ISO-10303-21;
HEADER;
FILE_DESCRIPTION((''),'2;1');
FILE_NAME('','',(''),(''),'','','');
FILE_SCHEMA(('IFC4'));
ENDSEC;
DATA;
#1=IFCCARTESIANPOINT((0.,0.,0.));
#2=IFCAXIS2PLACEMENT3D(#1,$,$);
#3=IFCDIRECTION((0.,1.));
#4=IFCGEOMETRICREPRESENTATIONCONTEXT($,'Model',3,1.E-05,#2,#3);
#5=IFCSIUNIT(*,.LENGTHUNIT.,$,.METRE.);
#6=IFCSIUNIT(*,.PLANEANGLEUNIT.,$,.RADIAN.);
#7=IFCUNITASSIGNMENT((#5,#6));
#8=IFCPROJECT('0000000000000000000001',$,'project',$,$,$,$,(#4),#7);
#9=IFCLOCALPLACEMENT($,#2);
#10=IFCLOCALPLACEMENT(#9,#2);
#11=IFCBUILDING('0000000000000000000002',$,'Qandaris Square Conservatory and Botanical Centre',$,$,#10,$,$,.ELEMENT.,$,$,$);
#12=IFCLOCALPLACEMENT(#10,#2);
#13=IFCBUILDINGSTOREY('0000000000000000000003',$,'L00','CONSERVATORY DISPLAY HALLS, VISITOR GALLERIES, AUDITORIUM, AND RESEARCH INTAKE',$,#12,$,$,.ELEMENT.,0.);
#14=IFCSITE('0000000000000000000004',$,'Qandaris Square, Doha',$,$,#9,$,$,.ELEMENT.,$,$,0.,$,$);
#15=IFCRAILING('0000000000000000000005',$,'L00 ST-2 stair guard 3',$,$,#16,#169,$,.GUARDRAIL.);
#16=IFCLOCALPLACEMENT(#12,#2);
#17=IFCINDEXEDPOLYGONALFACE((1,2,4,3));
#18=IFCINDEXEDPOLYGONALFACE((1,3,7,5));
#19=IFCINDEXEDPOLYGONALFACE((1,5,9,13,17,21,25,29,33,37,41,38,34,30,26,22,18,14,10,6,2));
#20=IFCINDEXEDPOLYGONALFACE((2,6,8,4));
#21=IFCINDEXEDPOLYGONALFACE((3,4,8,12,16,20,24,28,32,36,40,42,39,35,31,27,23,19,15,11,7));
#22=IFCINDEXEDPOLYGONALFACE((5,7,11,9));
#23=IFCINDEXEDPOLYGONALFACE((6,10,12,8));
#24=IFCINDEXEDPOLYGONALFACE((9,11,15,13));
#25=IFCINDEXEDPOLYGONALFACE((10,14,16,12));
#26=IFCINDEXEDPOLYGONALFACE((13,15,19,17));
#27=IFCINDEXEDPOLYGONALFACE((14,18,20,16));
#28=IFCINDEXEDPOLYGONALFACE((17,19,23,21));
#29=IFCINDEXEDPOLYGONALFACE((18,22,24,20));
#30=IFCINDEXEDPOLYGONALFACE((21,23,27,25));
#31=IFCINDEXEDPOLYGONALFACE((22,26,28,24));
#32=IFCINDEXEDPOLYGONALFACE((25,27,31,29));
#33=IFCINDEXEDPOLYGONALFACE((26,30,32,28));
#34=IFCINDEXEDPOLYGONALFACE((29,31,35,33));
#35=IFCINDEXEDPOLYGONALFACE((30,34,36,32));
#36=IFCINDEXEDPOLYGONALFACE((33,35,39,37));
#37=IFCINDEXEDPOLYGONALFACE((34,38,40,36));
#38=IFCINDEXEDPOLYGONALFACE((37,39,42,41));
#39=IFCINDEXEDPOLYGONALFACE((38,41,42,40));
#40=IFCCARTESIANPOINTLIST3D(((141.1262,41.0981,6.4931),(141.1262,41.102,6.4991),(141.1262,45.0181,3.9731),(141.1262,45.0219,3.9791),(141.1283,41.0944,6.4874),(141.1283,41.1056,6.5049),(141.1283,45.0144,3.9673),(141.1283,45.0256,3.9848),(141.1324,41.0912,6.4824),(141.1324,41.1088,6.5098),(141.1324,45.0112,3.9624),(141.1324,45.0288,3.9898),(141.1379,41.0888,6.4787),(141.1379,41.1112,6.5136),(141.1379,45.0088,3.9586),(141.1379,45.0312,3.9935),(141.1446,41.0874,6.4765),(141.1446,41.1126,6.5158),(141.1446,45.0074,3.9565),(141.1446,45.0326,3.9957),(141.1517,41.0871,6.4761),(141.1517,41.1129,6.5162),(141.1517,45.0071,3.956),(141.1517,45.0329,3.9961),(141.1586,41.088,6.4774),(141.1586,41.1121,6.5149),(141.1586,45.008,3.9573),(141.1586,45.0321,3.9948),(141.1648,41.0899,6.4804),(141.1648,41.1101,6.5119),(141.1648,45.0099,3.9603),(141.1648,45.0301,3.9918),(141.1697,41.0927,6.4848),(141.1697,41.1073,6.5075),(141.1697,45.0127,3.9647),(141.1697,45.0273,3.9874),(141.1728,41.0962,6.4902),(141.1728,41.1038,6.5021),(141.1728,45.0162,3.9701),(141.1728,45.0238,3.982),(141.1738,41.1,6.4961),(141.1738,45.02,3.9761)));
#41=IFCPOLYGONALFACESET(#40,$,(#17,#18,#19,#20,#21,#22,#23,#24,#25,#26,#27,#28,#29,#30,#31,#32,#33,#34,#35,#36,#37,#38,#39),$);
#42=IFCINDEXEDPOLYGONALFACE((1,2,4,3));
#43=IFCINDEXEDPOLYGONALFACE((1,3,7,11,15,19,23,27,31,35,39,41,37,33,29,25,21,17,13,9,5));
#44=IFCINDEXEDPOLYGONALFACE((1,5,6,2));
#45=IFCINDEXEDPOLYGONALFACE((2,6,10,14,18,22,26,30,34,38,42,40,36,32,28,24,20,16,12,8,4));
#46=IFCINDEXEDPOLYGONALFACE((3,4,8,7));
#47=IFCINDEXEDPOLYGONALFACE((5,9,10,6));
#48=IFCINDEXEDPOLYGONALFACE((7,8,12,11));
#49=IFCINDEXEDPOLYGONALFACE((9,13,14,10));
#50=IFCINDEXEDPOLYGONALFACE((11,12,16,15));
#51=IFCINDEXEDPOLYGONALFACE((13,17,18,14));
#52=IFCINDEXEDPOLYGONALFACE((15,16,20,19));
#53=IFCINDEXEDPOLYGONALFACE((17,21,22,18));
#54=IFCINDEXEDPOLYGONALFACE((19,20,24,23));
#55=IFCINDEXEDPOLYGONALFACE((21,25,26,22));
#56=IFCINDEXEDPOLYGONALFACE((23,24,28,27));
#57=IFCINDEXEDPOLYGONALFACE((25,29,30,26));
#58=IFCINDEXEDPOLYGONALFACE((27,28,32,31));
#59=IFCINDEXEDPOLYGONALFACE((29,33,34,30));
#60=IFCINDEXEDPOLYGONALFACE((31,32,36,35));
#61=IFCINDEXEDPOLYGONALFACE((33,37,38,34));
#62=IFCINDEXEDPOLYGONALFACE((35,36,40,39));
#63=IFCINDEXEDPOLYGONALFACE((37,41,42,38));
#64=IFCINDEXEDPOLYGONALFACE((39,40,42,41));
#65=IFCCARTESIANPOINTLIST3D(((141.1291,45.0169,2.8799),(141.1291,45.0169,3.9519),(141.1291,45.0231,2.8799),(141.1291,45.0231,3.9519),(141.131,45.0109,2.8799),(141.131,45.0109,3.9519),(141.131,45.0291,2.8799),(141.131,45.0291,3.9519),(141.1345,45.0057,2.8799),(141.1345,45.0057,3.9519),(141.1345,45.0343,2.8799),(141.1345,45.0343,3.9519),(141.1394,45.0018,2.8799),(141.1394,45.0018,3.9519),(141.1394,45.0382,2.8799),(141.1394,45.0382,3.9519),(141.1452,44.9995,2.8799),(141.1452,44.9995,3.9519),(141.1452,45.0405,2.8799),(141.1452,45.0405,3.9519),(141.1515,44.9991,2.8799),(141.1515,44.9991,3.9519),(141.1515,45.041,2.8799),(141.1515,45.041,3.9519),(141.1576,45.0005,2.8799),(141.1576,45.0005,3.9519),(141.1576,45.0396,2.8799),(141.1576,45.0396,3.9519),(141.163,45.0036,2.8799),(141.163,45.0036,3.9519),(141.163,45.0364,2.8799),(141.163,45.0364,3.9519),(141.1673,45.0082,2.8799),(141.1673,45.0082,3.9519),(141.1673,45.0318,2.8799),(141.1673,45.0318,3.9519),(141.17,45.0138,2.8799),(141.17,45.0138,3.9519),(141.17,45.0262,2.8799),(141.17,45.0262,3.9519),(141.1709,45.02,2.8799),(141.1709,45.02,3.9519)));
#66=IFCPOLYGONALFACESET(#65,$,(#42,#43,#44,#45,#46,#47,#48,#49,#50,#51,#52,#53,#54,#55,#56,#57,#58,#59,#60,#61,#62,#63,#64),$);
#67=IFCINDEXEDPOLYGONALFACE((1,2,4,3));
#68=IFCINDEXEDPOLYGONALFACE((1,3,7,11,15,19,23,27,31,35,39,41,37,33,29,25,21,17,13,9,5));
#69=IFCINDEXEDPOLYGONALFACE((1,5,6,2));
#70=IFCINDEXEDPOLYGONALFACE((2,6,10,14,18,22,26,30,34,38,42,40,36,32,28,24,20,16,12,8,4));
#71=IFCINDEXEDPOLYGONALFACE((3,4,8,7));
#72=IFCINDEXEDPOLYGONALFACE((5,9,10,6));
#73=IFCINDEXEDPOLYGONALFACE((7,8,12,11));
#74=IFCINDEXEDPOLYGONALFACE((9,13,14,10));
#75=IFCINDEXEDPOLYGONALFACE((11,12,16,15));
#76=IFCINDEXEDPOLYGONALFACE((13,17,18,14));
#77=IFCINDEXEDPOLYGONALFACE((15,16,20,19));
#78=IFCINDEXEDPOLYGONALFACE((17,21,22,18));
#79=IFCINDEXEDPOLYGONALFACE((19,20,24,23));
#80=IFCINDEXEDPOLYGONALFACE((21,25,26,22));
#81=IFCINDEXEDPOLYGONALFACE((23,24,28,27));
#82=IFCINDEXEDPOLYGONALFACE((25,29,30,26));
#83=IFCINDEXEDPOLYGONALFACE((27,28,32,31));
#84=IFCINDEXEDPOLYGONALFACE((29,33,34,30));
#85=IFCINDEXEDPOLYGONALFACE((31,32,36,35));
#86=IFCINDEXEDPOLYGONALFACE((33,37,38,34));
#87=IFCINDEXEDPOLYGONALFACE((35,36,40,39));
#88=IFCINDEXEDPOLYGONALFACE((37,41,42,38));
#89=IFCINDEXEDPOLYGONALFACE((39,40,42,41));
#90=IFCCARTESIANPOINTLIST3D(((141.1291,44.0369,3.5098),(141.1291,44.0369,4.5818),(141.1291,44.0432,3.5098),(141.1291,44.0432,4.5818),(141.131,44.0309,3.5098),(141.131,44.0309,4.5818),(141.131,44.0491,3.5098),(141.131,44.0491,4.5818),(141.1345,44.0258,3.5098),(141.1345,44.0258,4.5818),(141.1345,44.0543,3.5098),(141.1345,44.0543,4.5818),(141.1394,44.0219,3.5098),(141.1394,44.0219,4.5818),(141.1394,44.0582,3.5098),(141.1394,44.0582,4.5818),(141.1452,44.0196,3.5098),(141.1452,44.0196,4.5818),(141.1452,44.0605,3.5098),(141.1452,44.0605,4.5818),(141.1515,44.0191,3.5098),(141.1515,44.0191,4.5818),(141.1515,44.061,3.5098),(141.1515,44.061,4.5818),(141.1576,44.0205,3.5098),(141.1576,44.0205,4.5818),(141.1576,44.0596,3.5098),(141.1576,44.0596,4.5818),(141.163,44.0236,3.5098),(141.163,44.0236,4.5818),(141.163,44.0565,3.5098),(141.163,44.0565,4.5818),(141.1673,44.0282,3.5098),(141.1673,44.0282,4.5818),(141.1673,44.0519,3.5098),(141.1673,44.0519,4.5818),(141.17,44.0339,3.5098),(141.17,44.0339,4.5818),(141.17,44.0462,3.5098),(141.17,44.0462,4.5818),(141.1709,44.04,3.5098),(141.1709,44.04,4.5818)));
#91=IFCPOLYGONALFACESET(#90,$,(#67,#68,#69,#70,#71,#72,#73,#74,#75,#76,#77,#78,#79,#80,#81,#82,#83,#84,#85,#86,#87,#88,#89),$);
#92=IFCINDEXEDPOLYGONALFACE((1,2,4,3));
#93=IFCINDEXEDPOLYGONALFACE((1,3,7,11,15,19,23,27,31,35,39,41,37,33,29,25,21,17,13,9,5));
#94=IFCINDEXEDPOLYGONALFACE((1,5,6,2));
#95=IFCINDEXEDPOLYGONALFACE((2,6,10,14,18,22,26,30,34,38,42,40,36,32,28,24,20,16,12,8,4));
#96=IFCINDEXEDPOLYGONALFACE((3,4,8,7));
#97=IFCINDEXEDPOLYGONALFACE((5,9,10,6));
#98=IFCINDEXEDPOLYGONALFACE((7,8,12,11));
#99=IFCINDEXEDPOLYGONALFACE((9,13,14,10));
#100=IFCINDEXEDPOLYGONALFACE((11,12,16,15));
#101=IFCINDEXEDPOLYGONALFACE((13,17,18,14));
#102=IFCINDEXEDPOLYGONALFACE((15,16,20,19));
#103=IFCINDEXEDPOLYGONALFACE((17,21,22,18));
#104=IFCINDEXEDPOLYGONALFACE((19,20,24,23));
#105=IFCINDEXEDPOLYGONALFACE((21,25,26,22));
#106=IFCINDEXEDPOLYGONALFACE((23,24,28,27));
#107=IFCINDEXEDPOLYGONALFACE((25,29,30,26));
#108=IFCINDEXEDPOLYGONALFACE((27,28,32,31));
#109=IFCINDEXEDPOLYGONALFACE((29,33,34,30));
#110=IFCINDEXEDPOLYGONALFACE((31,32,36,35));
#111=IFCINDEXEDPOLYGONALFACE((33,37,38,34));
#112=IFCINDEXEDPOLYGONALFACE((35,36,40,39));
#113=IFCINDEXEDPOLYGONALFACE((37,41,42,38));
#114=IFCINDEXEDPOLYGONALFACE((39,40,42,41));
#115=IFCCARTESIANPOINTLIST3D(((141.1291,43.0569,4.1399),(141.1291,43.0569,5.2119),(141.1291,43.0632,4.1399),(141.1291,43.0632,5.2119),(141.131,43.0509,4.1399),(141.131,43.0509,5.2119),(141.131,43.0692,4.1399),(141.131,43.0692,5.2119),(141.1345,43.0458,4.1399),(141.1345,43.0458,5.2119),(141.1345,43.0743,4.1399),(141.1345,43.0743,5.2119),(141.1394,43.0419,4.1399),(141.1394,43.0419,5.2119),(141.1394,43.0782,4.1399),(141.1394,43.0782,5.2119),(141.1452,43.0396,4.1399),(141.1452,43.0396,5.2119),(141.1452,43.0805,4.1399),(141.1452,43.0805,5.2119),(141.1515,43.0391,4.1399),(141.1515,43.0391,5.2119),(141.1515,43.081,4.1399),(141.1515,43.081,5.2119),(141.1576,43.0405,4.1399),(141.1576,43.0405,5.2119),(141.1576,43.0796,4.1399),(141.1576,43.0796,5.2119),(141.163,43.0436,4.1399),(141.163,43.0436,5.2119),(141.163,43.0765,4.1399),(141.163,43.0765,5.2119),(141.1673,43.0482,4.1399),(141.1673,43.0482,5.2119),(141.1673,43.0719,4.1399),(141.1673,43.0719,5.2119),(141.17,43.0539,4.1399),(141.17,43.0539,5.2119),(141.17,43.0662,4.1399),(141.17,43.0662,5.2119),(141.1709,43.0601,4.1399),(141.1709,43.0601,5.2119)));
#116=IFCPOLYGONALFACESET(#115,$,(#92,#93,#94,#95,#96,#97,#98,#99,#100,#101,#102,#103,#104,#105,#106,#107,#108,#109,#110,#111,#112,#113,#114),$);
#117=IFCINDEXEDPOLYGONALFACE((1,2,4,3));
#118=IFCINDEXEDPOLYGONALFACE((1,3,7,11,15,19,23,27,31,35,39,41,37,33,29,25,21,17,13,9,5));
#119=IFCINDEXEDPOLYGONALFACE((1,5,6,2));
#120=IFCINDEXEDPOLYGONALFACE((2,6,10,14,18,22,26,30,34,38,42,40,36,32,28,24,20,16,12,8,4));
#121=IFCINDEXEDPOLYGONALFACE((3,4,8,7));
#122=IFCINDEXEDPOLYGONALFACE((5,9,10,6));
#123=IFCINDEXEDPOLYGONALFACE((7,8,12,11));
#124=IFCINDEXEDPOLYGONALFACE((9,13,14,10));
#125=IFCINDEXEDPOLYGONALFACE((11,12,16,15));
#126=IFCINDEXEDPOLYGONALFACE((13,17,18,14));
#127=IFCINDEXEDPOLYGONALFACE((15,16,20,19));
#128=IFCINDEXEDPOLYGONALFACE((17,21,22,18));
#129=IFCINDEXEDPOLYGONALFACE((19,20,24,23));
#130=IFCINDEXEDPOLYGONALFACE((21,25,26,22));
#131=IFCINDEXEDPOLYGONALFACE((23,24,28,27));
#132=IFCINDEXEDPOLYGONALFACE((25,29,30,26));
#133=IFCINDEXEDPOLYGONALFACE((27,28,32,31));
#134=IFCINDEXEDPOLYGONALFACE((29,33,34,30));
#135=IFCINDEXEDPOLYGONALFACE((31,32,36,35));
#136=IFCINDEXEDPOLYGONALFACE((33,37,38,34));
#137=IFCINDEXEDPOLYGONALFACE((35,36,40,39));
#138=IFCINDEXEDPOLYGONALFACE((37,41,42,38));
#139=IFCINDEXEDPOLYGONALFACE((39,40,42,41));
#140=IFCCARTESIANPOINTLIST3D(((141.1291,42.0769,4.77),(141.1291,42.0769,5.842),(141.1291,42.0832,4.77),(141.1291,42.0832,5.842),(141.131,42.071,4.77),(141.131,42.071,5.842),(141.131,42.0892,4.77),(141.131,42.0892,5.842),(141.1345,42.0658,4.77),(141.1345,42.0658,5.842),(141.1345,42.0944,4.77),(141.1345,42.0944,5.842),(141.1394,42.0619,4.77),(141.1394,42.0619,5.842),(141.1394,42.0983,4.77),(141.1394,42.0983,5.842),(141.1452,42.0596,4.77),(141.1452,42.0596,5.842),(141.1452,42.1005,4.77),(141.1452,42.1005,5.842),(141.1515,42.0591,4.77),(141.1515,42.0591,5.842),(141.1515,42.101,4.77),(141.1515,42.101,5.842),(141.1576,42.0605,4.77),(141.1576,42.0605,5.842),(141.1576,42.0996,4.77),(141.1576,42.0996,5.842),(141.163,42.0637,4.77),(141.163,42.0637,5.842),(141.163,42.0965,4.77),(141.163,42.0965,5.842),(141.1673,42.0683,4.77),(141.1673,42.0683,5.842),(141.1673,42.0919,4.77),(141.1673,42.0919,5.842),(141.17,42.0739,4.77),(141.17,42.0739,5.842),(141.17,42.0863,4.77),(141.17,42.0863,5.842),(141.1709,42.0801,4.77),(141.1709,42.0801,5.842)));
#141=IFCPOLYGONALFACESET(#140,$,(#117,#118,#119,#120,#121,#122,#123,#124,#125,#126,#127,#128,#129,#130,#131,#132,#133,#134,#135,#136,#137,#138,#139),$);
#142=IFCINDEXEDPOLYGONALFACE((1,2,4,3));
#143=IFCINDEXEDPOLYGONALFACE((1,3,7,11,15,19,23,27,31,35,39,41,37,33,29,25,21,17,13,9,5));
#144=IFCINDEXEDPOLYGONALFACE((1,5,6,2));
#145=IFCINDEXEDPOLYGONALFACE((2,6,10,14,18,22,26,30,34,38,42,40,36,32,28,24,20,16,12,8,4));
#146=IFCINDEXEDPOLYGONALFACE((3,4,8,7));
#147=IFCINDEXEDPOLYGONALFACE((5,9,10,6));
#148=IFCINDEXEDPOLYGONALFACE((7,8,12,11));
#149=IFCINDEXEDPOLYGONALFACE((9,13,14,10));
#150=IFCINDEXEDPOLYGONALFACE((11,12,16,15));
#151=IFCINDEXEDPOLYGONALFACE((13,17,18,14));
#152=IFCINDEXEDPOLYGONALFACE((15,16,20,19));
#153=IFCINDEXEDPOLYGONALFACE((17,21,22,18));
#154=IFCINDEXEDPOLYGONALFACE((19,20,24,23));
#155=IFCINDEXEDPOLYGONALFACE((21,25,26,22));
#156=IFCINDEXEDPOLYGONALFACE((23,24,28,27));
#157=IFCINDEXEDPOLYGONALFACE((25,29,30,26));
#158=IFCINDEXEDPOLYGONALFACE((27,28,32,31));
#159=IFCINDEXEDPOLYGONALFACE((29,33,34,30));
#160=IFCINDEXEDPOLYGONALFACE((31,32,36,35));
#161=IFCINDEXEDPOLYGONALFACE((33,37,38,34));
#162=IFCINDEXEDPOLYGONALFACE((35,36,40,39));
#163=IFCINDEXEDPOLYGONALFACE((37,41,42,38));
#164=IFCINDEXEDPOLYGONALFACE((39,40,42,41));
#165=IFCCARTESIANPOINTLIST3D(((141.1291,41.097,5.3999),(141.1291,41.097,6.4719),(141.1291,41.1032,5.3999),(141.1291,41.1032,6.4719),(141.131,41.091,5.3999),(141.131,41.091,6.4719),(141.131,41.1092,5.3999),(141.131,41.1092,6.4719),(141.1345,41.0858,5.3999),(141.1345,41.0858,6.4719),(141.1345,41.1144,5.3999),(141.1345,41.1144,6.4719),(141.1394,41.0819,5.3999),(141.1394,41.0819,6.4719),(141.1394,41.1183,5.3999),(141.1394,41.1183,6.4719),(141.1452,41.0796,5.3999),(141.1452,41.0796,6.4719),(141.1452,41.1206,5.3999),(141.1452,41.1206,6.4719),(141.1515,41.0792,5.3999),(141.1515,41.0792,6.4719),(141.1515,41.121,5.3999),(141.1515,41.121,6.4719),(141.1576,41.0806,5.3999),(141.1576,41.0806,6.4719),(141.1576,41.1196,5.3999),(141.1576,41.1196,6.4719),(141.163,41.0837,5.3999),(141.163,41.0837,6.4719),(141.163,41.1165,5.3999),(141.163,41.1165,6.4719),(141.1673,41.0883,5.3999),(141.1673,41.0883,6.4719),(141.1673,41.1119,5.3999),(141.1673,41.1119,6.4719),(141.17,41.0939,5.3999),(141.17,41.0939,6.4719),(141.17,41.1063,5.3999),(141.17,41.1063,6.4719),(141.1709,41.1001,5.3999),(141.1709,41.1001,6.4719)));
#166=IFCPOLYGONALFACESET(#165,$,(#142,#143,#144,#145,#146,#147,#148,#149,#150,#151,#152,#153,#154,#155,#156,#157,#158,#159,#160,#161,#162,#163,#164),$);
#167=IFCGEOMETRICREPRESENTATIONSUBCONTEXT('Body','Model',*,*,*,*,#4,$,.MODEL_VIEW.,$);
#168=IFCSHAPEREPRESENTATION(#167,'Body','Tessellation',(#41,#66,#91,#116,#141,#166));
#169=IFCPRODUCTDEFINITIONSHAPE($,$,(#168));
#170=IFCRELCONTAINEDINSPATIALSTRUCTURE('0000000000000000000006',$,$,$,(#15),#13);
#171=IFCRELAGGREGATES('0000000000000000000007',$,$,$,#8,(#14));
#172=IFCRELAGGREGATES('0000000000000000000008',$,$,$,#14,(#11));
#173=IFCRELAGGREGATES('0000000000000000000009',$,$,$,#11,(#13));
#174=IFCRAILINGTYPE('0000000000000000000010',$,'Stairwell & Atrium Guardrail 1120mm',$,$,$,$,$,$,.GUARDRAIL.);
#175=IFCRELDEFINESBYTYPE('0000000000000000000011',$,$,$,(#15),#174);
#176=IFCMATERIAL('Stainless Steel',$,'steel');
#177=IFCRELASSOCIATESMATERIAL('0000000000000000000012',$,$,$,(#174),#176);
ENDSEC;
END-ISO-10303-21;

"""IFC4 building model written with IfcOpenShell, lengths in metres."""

from ifc_helpers import new_model, si_unit, direction, frame, origin, origin_2d, place, context, subcontext, project, spatial, circle, extrude, material, type_object, element, save


model = new_model("IFC4")

# Units and contexts
model_context = context("Model", 3, precision=1e-05, world=origin(), true_north=direction((0.0, 1.0)))
body_context = subcontext(model_context, "Body", "Model", "MODEL_VIEW")
ifc_project = project(units=[si_unit("LENGTHUNIT", "METRE"), si_unit("PLANEANGLEUNIT", "RADIAN")], contexts=[model_context])

# Site, building, storey
site_placement = place(None, origin())
site = spatial("IfcSite", under=ifc_project, at=site_placement, Name="Qandaris Square, Doha", CompositionType="ELEMENT", RefElevation=0.0)
building_placement = place(site_placement, origin())
building = spatial("IfcBuilding", under=site, at=building_placement, Name="Qandaris Square Conservatory and Botanical Centre", CompositionType="ELEMENT")
storey_placement = place(building_placement, origin())
storey = spatial("IfcBuildingStorey", under=building, at=storey_placement, Name="L00", Description="CONSERVATORY DISPLAY HALLS, VISITOR GALLERIES, AUDITORIUM, AND RESEARCH INTAKE", CompositionType="ELEMENT", Elevation=0.0)

# Railing
ifc_material_1 = material(Name="Stainless Steel", Category="steel")
railing_type_1 = type_object("IfcRailingType", Name="Stairwell & Atrium Guardrail 1120mm", PredefinedType="GUARDRAIL", material=ifc_material_1)
railing_1_placement = place(storey_placement, frame((141.1499, 45.02, 2.8799)))
element("IfcRailing", 1, at=railing_1_placement, inside=storey, type_object=railing_type_1, Name="L00 ST-2 stair guard 3", PredefinedType="GUARDRAIL", context=body_context, shape_type="SweptSolid", body=[
    extrude(circle(Radius=0.0239, at=origin_2d()), frame((0.0, 0.0, 1.0962), z_axis=(0.0, -0.841172, 0.540768), x_axis=(1.0, 0.0, 0.0)), (0.0, 0.0, 1.0), 4.6602),
    extrude(circle(Radius=0.021, at=origin_2d()), origin(), (0.0, 0.0, 1.0), 1.072),
    extrude(circle(Radius=0.021, at=origin_2d()), frame((0.0, -0.98, 0.6299)), (0.0, 0.0, 1.0), 1.072),
    extrude(circle(Radius=0.021, at=origin_2d()), frame((0.0, -1.96, 1.26)), (0.0, 0.0, 1.0), 1.072),
    extrude(circle(Radius=0.021, at=origin_2d()), frame((0.0, -2.9399, 1.8901)), (0.0, 0.0, 1.0), 1.072),
    extrude(circle(Radius=0.021, at=origin_2d()), frame((0.0, -3.9199, 2.52)), (0.0, 0.0, 1.0), 1.072),
])

save(model, "model.ifc")
